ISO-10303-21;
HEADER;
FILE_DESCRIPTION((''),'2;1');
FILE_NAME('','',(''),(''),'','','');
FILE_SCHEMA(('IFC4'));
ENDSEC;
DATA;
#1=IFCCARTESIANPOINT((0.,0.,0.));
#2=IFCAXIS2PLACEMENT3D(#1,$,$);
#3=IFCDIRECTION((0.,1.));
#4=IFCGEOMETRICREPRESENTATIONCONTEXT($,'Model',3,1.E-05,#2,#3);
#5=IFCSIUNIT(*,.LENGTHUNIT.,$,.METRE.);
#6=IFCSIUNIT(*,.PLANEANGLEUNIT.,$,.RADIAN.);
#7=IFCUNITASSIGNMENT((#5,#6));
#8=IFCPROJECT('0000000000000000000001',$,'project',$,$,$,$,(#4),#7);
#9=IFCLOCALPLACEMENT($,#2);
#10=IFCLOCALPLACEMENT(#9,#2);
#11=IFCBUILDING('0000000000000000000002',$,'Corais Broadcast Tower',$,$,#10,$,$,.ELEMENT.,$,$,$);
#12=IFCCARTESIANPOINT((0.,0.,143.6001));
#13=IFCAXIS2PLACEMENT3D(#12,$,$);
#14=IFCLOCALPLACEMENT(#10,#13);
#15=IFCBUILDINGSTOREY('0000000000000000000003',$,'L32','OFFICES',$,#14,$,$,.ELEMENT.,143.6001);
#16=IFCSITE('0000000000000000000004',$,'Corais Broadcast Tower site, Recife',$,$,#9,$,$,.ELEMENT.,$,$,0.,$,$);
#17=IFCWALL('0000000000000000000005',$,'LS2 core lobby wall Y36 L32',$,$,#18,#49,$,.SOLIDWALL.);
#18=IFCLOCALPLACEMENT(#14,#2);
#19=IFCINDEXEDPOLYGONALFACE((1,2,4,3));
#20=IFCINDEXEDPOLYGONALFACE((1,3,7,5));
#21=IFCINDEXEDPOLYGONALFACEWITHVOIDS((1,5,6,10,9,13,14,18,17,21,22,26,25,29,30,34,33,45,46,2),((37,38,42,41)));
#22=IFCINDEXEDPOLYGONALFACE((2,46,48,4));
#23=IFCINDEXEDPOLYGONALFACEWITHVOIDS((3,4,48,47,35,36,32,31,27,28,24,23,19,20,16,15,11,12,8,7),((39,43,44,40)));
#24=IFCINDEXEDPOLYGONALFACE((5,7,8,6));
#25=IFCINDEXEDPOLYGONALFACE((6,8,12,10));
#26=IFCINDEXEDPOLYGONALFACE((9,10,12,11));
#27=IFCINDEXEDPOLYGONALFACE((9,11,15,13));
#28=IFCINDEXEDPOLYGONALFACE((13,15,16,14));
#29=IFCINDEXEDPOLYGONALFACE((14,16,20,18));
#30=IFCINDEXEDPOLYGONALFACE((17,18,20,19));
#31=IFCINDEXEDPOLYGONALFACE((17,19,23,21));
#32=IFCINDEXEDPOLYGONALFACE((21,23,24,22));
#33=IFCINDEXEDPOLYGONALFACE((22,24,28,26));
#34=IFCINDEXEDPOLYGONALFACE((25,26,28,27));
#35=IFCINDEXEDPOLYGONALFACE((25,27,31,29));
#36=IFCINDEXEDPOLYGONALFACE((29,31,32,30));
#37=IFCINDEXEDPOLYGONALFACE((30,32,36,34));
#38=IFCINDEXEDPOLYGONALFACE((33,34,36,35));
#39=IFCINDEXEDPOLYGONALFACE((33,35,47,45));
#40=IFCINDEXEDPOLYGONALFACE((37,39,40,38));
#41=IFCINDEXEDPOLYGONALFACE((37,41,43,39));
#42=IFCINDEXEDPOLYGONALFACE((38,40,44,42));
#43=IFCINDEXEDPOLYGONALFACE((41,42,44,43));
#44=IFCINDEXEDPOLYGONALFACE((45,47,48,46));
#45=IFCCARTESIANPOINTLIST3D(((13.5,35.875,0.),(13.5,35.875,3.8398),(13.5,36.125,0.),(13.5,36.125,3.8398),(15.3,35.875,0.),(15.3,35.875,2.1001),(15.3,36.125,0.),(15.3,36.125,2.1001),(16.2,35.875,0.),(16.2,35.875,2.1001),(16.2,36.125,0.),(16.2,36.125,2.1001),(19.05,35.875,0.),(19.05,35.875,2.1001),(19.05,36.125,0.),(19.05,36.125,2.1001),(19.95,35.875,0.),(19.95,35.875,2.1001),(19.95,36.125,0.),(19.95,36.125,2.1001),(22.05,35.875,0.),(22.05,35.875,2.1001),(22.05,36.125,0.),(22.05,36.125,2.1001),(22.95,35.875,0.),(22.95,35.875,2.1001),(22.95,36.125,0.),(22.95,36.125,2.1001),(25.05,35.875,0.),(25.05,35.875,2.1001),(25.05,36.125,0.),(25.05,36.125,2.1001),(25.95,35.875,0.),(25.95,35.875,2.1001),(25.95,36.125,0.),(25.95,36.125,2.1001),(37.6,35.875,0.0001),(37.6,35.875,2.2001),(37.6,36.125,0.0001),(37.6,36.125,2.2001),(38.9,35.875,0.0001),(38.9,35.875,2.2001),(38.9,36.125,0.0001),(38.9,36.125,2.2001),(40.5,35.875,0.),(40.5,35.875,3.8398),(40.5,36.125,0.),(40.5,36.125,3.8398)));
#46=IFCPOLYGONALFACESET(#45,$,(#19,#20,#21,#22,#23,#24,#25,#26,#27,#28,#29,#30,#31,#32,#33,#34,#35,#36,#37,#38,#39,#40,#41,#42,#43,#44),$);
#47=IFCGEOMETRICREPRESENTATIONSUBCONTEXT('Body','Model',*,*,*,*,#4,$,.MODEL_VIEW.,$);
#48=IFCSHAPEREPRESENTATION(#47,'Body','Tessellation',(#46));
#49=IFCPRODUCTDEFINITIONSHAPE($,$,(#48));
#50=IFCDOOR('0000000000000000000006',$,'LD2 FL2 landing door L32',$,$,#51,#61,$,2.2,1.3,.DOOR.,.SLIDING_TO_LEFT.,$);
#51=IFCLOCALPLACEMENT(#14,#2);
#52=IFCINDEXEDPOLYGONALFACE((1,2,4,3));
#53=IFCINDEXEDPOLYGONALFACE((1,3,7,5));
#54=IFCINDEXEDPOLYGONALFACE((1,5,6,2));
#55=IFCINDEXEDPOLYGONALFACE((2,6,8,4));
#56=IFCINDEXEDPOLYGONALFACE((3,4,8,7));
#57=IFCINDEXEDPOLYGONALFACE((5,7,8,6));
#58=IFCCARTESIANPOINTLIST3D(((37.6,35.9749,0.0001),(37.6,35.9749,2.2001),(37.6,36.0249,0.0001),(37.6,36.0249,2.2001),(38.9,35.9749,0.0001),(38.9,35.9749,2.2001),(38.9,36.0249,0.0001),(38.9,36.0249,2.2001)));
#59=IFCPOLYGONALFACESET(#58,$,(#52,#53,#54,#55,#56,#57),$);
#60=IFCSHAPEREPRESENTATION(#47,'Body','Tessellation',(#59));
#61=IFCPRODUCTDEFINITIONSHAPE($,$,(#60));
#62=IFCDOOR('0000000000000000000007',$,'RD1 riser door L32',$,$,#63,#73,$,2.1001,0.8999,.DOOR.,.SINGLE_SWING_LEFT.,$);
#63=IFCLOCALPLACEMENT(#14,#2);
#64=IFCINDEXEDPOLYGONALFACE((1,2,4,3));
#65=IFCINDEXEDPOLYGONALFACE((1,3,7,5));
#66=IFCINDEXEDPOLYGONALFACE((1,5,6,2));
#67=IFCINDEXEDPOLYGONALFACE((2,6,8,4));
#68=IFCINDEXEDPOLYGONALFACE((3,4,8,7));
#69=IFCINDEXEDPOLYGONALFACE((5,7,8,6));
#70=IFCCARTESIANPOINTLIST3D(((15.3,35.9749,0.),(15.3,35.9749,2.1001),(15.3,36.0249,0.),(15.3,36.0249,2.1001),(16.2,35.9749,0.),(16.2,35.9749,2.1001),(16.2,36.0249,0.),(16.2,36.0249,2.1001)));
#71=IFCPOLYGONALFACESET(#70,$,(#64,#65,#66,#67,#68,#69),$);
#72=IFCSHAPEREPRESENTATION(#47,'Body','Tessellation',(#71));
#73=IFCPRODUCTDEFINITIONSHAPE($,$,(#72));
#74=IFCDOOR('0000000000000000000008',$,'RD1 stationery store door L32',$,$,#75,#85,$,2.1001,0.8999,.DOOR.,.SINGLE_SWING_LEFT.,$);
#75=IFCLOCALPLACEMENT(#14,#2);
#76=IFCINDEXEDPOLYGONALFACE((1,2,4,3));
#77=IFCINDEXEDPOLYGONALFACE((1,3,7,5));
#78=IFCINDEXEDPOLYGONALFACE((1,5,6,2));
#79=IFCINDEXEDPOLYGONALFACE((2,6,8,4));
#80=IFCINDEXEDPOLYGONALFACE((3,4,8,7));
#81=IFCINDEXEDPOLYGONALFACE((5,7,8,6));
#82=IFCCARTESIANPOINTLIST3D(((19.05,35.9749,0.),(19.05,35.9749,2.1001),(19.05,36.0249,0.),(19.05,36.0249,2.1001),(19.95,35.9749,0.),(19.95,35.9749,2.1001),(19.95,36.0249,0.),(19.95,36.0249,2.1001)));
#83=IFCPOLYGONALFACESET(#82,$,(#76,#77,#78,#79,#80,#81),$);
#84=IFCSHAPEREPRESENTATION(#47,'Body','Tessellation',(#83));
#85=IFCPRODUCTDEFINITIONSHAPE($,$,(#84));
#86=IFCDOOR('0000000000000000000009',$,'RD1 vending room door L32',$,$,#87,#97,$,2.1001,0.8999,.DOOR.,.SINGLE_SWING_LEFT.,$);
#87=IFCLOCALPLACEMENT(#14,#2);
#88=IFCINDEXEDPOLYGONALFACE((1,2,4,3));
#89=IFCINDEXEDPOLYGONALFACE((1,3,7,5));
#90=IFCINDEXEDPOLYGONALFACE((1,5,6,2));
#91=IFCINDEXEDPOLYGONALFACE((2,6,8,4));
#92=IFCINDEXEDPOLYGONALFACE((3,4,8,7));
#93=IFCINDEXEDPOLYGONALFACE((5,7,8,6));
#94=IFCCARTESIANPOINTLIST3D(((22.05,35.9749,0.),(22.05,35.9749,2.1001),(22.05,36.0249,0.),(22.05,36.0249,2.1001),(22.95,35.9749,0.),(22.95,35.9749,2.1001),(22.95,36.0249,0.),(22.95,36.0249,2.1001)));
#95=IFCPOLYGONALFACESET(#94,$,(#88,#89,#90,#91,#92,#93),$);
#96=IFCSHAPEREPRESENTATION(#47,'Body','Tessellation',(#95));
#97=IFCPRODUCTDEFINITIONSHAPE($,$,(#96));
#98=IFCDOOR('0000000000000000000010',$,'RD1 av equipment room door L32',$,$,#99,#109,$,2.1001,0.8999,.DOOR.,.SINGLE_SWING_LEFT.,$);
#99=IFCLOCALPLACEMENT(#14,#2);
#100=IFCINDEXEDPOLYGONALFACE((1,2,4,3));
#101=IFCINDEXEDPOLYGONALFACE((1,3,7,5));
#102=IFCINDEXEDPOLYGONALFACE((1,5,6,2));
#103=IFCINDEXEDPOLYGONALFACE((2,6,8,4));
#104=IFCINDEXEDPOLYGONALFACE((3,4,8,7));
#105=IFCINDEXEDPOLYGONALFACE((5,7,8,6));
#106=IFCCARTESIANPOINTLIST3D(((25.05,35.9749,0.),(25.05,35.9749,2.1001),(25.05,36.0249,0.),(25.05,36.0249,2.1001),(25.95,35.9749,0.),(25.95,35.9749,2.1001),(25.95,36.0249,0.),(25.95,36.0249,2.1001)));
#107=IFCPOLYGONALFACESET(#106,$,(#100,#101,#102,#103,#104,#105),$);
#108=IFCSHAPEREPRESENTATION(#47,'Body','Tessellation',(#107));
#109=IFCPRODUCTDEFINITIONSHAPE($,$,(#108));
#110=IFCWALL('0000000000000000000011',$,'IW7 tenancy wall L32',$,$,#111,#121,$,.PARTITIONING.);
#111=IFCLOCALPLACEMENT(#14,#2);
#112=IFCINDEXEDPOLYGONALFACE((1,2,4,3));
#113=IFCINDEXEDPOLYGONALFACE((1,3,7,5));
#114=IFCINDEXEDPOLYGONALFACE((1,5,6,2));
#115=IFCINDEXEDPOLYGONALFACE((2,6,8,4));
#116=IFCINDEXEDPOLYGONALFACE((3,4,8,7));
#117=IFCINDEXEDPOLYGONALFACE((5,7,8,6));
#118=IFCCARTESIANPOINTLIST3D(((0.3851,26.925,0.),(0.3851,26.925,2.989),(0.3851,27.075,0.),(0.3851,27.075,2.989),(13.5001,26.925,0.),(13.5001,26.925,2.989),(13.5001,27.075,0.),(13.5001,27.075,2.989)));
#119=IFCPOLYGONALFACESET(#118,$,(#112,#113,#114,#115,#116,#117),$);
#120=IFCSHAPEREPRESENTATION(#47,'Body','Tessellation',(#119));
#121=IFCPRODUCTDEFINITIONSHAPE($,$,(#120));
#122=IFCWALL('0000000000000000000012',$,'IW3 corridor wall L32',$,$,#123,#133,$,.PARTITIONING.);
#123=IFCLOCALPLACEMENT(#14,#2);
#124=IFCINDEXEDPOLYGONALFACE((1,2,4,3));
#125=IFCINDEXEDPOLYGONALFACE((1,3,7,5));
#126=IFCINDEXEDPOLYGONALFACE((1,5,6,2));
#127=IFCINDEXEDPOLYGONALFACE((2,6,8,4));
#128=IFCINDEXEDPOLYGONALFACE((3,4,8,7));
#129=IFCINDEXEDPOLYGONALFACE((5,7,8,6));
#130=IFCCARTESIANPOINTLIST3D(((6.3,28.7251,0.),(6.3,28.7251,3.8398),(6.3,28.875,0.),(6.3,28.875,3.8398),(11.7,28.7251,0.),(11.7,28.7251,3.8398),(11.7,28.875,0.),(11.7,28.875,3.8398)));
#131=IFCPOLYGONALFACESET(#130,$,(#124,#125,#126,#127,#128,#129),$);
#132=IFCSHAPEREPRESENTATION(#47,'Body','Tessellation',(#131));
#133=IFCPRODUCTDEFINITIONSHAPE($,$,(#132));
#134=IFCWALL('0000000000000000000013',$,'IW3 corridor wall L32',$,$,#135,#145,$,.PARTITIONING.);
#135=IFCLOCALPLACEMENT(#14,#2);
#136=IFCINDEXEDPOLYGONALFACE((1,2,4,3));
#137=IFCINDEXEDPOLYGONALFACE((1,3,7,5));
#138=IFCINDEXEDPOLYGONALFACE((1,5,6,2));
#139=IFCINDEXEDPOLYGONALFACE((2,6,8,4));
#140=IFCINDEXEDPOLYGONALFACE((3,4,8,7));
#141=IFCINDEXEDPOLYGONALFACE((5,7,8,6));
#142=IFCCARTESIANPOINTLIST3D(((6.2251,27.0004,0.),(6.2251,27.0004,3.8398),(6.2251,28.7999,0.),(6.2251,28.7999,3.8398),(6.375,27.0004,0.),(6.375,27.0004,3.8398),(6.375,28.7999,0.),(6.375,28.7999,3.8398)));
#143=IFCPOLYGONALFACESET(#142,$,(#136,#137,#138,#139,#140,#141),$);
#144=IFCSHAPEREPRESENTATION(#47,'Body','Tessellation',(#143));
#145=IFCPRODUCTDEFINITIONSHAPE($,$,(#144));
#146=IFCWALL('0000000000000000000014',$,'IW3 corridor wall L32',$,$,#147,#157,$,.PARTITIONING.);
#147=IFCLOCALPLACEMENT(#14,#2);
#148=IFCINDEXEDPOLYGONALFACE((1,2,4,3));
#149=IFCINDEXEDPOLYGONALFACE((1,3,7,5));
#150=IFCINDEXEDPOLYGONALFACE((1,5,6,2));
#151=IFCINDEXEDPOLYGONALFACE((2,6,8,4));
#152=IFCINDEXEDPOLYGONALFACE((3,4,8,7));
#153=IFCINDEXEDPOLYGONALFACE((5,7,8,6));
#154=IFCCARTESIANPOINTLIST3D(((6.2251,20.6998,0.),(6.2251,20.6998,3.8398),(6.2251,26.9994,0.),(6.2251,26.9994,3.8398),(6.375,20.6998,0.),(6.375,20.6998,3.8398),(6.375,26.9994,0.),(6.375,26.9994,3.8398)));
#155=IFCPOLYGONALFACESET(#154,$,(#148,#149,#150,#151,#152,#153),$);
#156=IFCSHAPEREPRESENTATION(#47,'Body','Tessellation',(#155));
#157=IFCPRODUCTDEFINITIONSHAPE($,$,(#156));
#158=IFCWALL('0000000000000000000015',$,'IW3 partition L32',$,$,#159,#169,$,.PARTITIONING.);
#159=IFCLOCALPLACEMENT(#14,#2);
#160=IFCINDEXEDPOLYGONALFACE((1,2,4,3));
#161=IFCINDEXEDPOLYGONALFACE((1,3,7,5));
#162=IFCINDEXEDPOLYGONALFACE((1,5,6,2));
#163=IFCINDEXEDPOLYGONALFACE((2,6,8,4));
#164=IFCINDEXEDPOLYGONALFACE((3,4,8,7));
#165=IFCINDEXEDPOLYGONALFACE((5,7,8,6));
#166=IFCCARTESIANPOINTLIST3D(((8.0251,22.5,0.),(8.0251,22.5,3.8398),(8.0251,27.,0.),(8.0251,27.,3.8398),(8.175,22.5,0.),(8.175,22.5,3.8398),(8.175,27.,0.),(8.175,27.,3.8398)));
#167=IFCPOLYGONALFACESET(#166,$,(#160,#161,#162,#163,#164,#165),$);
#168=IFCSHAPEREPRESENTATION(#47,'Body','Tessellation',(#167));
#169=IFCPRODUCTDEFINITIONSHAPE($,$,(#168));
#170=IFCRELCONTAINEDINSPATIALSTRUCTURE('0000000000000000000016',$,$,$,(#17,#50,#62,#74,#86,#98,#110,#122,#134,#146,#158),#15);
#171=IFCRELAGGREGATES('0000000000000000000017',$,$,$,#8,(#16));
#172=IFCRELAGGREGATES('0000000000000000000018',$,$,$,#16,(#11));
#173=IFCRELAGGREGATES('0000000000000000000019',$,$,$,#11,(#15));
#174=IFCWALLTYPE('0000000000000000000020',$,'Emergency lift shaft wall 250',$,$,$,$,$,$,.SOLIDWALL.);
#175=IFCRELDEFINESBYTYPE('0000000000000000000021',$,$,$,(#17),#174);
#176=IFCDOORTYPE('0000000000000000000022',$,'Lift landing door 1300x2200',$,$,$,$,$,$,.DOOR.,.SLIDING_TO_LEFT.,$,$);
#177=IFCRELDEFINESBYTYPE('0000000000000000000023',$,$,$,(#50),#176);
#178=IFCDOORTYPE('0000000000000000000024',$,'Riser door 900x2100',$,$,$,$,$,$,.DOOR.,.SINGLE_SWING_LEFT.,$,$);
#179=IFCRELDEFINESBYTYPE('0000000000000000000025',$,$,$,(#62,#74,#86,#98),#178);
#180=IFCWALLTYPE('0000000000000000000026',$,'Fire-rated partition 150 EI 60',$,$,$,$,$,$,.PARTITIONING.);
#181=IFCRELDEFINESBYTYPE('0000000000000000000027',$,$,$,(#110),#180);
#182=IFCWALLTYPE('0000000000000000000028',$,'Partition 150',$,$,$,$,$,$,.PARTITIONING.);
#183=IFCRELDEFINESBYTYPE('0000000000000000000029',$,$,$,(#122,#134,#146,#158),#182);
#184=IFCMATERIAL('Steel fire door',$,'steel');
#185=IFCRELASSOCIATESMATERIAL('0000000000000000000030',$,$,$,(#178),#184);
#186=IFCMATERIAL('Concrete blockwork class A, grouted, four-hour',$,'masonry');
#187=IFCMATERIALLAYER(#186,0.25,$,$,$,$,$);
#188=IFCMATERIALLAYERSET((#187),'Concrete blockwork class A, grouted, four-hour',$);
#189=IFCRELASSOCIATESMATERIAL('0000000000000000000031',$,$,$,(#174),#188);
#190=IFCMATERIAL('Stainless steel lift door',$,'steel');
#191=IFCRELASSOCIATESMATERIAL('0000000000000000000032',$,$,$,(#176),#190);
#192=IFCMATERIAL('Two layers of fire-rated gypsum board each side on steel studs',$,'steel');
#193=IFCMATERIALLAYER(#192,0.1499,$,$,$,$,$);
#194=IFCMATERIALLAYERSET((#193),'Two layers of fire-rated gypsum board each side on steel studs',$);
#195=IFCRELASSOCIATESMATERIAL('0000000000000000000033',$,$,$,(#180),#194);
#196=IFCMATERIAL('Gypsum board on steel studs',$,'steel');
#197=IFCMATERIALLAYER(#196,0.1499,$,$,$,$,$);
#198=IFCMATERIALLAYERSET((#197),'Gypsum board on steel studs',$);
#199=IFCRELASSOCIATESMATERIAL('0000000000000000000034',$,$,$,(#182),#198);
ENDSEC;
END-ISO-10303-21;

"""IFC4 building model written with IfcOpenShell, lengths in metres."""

from ifc_helpers import new_model, si_unit, direction, frame, frame_2d, origin, place, context, subcontext, project, spatial, rectangle, extrude, material, layer, layer_set, type_object, element, fill, save


model = new_model("IFC4")

# Units and contexts
model_context = context("Model", 3, precision=1e-05, world=origin(), true_north=direction((0.0, 1.0)))
body_context = subcontext(model_context, "Body", "Model", "MODEL_VIEW")
ifc_project = project(units=[si_unit("LENGTHUNIT", "METRE"), si_unit("PLANEANGLEUNIT", "RADIAN")], contexts=[model_context])

# Site, building, storey
site_placement = place(None, origin())
site = spatial("IfcSite", under=ifc_project, at=site_placement, Name="Corais Broadcast Tower site, Recife", CompositionType="ELEMENT", RefElevation=0.0)
building_placement = place(site_placement, origin())
building = spatial("IfcBuilding", under=site, at=building_placement, Name="Corais Broadcast Tower", CompositionType="ELEMENT")
storey_placement = place(building_placement, frame((0.0, 0.0, 143.6001)))
storey = spatial("IfcBuildingStorey", under=building, at=storey_placement, Name="L32", Description="OFFICES", CompositionType="ELEMENT", Elevation=143.6001)

# Wall, openings, doors
ifc_material_1 = material(Name="Steel fire door", Category="steel")
door_type_1 = type_object("IfcDoorType", Name="Riser door 900x2100", OperationType="SINGLE_SWING_LEFT", PredefinedType="DOOR", material=ifc_material_1)
ifc_material_2 = material(Name="Concrete blockwork class A, grouted, four-hour", Category="masonry")
ifc_layer_1 = layer(ifc_material_2, 0.25)
ifc_layer_set_1 = layer_set([ifc_layer_1], Name="Concrete blockwork class A, grouted, four-hour")
wall_type_1 = type_object("IfcWallType", Name="Emergency lift shaft wall 250", PredefinedType="SOLIDWALL", material=ifc_layer_set_1)
wall_1_placement = place(storey_placement, frame((13.5, 36.0, 0.0), z_axis=(0.0, 0.0, 1.0), x_axis=(1.0, 0.0, 0.0)))
wall_1 = element("IfcWall", 1, at=wall_1_placement, inside=storey, type_object=wall_type_1, Name="LS2 core lobby wall Y36 L32", PredefinedType="SOLIDWALL", context=body_context, shape_type="SweptSolid", body=[
    extrude(rectangle(XDim=27.0, YDim=0.25, at=frame_2d((13.5, 0.0))), origin(), (0.0, 0.0, 1.0), 3.8398),
])
opening_1_placement = place(wall_1_placement, frame((1.8, 0.0, 0.0)))
opening_1 = element("IfcOpeningElement", 2, at=opening_1_placement, cuts=wall_1, PredefinedType="OPENING", context=body_context, shape_type="SweptSolid", body=[
    extrude(rectangle(XDim=0.8999, YDim=2.1001, at=frame_2d((0.45, 1.05))), frame((0.0, 0.135, 0.0), z_axis=(0.0, -1.0, 0.0), x_axis=(1.0, 0.0, 0.0)), (0.0, 0.0, 1.0), 0.27),
])
opening_2_placement = place(wall_1_placement, frame((5.55, 0.0, 0.0)))
opening_2 = element("IfcOpeningElement", 3, at=opening_2_placement, cuts=wall_1, PredefinedType="OPENING", context=body_context, shape_type="SweptSolid", body=[
    extrude(rectangle(XDim=0.8999, YDim=2.1001, at=frame_2d((0.45, 1.05))), frame((0.0, 0.135, 0.0), z_axis=(0.0, -1.0, 0.0), x_axis=(1.0, 0.0, 0.0)), (0.0, 0.0, 1.0), 0.27),
])
opening_3_placement = place(wall_1_placement, frame((8.55, 0.0, 0.0)))
opening_3 = element("IfcOpeningElement", 4, at=opening_3_placement, cuts=wall_1, PredefinedType="OPENING", context=body_context, shape_type="SweptSolid", body=[
    extrude(rectangle(XDim=0.8999, YDim=2.1001, at=frame_2d((0.45, 1.05))), frame((0.0, 0.135, 0.0), z_axis=(0.0, -1.0, 0.0), x_axis=(1.0, 0.0, 0.0)), (0.0, 0.0, 1.0), 0.27),
])
opening_4_placement = place(wall_1_placement, frame((11.55, 0.0, 0.0)))
opening_4 = element("IfcOpeningElement", 5, at=opening_4_placement, cuts=wall_1, PredefinedType="OPENING", context=body_context, shape_type="SweptSolid", body=[
    extrude(rectangle(XDim=0.8999, YDim=2.1001, at=frame_2d((0.45, 1.05))), frame((0.0, 0.135, 0.0), z_axis=(0.0, -1.0, 0.0), x_axis=(1.0, 0.0, 0.0)), (0.0, 0.0, 1.0), 0.27),
])
opening_5_placement = place(wall_1_placement, frame((24.1001, 0.0, 0.0)))
opening_5 = element("IfcOpeningElement", 6, at=opening_5_placement, cuts=wall_1, PredefinedType="OPENING", context=body_context, shape_type="SweptSolid", body=[
    extrude(rectangle(XDim=1.3, YDim=2.2, at=frame_2d((0.6499, 1.1001))), frame((0.0, 0.135, 0.0), z_axis=(0.0, -1.0, 0.0), x_axis=(1.0, 0.0, 0.0)), (0.0, 0.0, 1.0), 0.27),
])
ifc_material_3 = material(Name="Stainless steel lift door", Category="steel")
door_type_2 = type_object("IfcDoorType", Name="Lift landing door 1300x2200", OperationType="SLIDING_TO_LEFT", PredefinedType="DOOR", material=ifc_material_3)
door_1_placement = place(opening_5_placement, origin())
door_1 = element("IfcDoor", 7, at=door_1_placement, inside=storey, type_object=door_type_2, Name="LD2 FL2 landing door L32", OperationType="SLIDING_TO_LEFT", OverallHeight=2.2, OverallWidth=1.3, PredefinedType="DOOR", context=body_context, shape_type="SweptSolid", body=[
    extrude(rectangle(XDim=1.3, YDim=2.2, at=frame_2d((0.6499, 1.1001))), frame((0.0, 0.0249, 0.0), z_axis=(0.0, -1.0, 0.0), x_axis=(1.0, 0.0, 0.0)), (0.0, 0.0, 1.0), 0.05),
])
fill(opening_5, door_1)
door_2_placement = place(opening_1_placement, origin())
door_2 = element("IfcDoor", 8, at=door_2_placement, inside=storey, type_object=door_type_1, Name="RD1 riser door L32", OperationType="SINGLE_SWING_LEFT", OverallHeight=2.1001, OverallWidth=0.8999, PredefinedType="DOOR", context=body_context, shape_type="SweptSolid", body=[
    extrude(rectangle(XDim=0.8999, YDim=2.1001, at=frame_2d((0.45, 1.05))), frame((0.0, 0.0249, 0.0), z_axis=(0.0, -1.0, 0.0), x_axis=(1.0, 0.0, 0.0)), (0.0, 0.0, 1.0), 0.05),
])
fill(opening_1, door_2)
door_3_placement = place(opening_2_placement, origin())
door_3 = element("IfcDoor", 9, at=door_3_placement, inside=storey, type_object=door_type_1, Name="RD1 stationery store door L32", OperationType="SINGLE_SWING_LEFT", OverallHeight=2.1001, OverallWidth=0.8999, PredefinedType="DOOR", context=body_context, shape_type="SweptSolid", body=[
    extrude(rectangle(XDim=0.8999, YDim=2.1001, at=frame_2d((0.45, 1.05))), frame((0.0, 0.0249, 0.0), z_axis=(0.0, -1.0, 0.0), x_axis=(1.0, 0.0, 0.0)), (0.0, 0.0, 1.0), 0.05),
])
fill(opening_2, door_3)
door_4_placement = place(opening_3_placement, origin())
door_4 = element("IfcDoor", 10, at=door_4_placement, inside=storey, type_object=door_type_1, Name="RD1 vending room door L32", OperationType="SINGLE_SWING_LEFT", OverallHeight=2.1001, OverallWidth=0.8999, PredefinedType="DOOR", context=body_context, shape_type="SweptSolid", body=[
    extrude(rectangle(XDim=0.8999, YDim=2.1001, at=frame_2d((0.45, 1.05))), frame((0.0, 0.0249, 0.0), z_axis=(0.0, -1.0, 0.0), x_axis=(1.0, 0.0, 0.0)), (0.0, 0.0, 1.0), 0.05),
])
fill(opening_3, door_4)
door_5_placement = place(opening_4_placement, origin())
door_5 = element("IfcDoor", 11, at=door_5_placement, inside=storey, type_object=door_type_1, Name="RD1 av equipment room door L32", OperationType="SINGLE_SWING_LEFT", OverallHeight=2.1001, OverallWidth=0.8999, PredefinedType="DOOR", context=body_context, shape_type="SweptSolid", body=[
    extrude(rectangle(XDim=0.8999, YDim=2.1001, at=frame_2d((0.45, 1.05))), frame((0.0, 0.0249, 0.0), z_axis=(0.0, -1.0, 0.0), x_axis=(1.0, 0.0, 0.0)), (0.0, 0.0, 1.0), 0.05),
])
fill(opening_4, door_5)

# Walls
ifc_material_4 = material(Name="Two layers of fire-rated gypsum board each side on steel studs", Category="steel")
ifc_layer_2 = layer(ifc_material_4, 0.1499)
ifc_layer_set_2 = layer_set([ifc_layer_2], Name="Two layers of fire-rated gypsum board each side on steel studs")
wall_type_2 = type_object("IfcWallType", Name="Fire-rated partition 150 EI 60", PredefinedType="PARTITIONING", material=ifc_layer_set_2)
wall_2_placement = place(storey_placement, frame((0.385, 27.0, 0.0), z_axis=(0.0, 0.0, 1.0), x_axis=(1.0, 0.0, 0.0)))
element("IfcWall", 12, at=wall_2_placement, inside=storey, type_object=wall_type_2, Name="IW7 tenancy wall L32", PredefinedType="PARTITIONING", context=body_context, shape_type="SweptSolid", body=[
    extrude(rectangle(XDim=13.115, YDim=0.1499, at=frame_2d((6.5576, 0.0))), origin(), (0.0, 0.0, 1.0), 2.989),
])
ifc_material_5 = material(Name="Gypsum board on steel studs", Category="steel")
ifc_layer_3 = layer(ifc_material_5, 0.1499)
ifc_layer_set_3 = layer_set([ifc_layer_3], Name="Gypsum board on steel studs")
wall_type_3 = type_object("IfcWallType", Name="Partition 150", PredefinedType="PARTITIONING", material=ifc_layer_set_3)
wall_3_placement = place(storey_placement, frame((11.7, 28.8, 0.0), z_axis=(0.0, 0.0, 1.0), x_axis=(-1.0, 0.0, 0.0)))
element("IfcWall", 13, at=wall_3_placement, inside=storey, type_object=wall_type_3, Name="IW3 corridor wall L32", PredefinedType="PARTITIONING", context=body_context, shape_type="SweptSolid", body=[
    extrude(rectangle(XDim=5.3999, YDim=0.1499, at=frame_2d((2.7, 0.0))), origin(), (0.0, 0.0, 1.0), 3.8398),
])
wall_4_placement = place(storey_placement, frame((6.3, 28.8, 0.0), z_axis=(0.0, 0.0, 1.0), x_axis=(0.0, -1.0, 0.0)))
element("IfcWall", 14, at=wall_4_placement, inside=storey, type_object=wall_type_3, Name="IW3 corridor wall L32", PredefinedType="PARTITIONING", context=body_context, shape_type="SweptSolid", body=[
    extrude(rectangle(XDim=1.7996, YDim=0.1499, at=frame_2d((0.8999, 0.0))), origin(), (0.0, 0.0, 1.0), 3.8398),
])
wall_5_placement = place(storey_placement, frame((6.3, 26.9995, 0.0), z_axis=(0.0, 0.0, 1.0), x_axis=(0.0, -1.0, 0.0)))
element("IfcWall", 15, at=wall_5_placement, inside=storey, type_object=wall_type_3, Name="IW3 corridor wall L32", PredefinedType="PARTITIONING", context=body_context, shape_type="SweptSolid", body=[
    extrude(rectangle(XDim=6.2996, YDim=0.1499, at=frame_2d((3.1499, 0.0))), origin(), (0.0, 0.0, 1.0), 3.8398),
])
wall_6_placement = place(storey_placement, frame((8.1001, 27.0, 0.0), z_axis=(0.0, 0.0, 1.0), x_axis=(0.0, -1.0, 0.0)))
element("IfcWall", 16, at=wall_6_placement, inside=storey, type_object=wall_type_3, Name="IW3 partition L32", PredefinedType="PARTITIONING", context=body_context, shape_type="SweptSolid", body=[
    extrude(rectangle(XDim=4.5, YDim=0.1499, at=frame_2d((2.25, 0.0))), origin(), (0.0, 0.0, 1.0), 3.8398),
])

save(model, "model.ifc")
